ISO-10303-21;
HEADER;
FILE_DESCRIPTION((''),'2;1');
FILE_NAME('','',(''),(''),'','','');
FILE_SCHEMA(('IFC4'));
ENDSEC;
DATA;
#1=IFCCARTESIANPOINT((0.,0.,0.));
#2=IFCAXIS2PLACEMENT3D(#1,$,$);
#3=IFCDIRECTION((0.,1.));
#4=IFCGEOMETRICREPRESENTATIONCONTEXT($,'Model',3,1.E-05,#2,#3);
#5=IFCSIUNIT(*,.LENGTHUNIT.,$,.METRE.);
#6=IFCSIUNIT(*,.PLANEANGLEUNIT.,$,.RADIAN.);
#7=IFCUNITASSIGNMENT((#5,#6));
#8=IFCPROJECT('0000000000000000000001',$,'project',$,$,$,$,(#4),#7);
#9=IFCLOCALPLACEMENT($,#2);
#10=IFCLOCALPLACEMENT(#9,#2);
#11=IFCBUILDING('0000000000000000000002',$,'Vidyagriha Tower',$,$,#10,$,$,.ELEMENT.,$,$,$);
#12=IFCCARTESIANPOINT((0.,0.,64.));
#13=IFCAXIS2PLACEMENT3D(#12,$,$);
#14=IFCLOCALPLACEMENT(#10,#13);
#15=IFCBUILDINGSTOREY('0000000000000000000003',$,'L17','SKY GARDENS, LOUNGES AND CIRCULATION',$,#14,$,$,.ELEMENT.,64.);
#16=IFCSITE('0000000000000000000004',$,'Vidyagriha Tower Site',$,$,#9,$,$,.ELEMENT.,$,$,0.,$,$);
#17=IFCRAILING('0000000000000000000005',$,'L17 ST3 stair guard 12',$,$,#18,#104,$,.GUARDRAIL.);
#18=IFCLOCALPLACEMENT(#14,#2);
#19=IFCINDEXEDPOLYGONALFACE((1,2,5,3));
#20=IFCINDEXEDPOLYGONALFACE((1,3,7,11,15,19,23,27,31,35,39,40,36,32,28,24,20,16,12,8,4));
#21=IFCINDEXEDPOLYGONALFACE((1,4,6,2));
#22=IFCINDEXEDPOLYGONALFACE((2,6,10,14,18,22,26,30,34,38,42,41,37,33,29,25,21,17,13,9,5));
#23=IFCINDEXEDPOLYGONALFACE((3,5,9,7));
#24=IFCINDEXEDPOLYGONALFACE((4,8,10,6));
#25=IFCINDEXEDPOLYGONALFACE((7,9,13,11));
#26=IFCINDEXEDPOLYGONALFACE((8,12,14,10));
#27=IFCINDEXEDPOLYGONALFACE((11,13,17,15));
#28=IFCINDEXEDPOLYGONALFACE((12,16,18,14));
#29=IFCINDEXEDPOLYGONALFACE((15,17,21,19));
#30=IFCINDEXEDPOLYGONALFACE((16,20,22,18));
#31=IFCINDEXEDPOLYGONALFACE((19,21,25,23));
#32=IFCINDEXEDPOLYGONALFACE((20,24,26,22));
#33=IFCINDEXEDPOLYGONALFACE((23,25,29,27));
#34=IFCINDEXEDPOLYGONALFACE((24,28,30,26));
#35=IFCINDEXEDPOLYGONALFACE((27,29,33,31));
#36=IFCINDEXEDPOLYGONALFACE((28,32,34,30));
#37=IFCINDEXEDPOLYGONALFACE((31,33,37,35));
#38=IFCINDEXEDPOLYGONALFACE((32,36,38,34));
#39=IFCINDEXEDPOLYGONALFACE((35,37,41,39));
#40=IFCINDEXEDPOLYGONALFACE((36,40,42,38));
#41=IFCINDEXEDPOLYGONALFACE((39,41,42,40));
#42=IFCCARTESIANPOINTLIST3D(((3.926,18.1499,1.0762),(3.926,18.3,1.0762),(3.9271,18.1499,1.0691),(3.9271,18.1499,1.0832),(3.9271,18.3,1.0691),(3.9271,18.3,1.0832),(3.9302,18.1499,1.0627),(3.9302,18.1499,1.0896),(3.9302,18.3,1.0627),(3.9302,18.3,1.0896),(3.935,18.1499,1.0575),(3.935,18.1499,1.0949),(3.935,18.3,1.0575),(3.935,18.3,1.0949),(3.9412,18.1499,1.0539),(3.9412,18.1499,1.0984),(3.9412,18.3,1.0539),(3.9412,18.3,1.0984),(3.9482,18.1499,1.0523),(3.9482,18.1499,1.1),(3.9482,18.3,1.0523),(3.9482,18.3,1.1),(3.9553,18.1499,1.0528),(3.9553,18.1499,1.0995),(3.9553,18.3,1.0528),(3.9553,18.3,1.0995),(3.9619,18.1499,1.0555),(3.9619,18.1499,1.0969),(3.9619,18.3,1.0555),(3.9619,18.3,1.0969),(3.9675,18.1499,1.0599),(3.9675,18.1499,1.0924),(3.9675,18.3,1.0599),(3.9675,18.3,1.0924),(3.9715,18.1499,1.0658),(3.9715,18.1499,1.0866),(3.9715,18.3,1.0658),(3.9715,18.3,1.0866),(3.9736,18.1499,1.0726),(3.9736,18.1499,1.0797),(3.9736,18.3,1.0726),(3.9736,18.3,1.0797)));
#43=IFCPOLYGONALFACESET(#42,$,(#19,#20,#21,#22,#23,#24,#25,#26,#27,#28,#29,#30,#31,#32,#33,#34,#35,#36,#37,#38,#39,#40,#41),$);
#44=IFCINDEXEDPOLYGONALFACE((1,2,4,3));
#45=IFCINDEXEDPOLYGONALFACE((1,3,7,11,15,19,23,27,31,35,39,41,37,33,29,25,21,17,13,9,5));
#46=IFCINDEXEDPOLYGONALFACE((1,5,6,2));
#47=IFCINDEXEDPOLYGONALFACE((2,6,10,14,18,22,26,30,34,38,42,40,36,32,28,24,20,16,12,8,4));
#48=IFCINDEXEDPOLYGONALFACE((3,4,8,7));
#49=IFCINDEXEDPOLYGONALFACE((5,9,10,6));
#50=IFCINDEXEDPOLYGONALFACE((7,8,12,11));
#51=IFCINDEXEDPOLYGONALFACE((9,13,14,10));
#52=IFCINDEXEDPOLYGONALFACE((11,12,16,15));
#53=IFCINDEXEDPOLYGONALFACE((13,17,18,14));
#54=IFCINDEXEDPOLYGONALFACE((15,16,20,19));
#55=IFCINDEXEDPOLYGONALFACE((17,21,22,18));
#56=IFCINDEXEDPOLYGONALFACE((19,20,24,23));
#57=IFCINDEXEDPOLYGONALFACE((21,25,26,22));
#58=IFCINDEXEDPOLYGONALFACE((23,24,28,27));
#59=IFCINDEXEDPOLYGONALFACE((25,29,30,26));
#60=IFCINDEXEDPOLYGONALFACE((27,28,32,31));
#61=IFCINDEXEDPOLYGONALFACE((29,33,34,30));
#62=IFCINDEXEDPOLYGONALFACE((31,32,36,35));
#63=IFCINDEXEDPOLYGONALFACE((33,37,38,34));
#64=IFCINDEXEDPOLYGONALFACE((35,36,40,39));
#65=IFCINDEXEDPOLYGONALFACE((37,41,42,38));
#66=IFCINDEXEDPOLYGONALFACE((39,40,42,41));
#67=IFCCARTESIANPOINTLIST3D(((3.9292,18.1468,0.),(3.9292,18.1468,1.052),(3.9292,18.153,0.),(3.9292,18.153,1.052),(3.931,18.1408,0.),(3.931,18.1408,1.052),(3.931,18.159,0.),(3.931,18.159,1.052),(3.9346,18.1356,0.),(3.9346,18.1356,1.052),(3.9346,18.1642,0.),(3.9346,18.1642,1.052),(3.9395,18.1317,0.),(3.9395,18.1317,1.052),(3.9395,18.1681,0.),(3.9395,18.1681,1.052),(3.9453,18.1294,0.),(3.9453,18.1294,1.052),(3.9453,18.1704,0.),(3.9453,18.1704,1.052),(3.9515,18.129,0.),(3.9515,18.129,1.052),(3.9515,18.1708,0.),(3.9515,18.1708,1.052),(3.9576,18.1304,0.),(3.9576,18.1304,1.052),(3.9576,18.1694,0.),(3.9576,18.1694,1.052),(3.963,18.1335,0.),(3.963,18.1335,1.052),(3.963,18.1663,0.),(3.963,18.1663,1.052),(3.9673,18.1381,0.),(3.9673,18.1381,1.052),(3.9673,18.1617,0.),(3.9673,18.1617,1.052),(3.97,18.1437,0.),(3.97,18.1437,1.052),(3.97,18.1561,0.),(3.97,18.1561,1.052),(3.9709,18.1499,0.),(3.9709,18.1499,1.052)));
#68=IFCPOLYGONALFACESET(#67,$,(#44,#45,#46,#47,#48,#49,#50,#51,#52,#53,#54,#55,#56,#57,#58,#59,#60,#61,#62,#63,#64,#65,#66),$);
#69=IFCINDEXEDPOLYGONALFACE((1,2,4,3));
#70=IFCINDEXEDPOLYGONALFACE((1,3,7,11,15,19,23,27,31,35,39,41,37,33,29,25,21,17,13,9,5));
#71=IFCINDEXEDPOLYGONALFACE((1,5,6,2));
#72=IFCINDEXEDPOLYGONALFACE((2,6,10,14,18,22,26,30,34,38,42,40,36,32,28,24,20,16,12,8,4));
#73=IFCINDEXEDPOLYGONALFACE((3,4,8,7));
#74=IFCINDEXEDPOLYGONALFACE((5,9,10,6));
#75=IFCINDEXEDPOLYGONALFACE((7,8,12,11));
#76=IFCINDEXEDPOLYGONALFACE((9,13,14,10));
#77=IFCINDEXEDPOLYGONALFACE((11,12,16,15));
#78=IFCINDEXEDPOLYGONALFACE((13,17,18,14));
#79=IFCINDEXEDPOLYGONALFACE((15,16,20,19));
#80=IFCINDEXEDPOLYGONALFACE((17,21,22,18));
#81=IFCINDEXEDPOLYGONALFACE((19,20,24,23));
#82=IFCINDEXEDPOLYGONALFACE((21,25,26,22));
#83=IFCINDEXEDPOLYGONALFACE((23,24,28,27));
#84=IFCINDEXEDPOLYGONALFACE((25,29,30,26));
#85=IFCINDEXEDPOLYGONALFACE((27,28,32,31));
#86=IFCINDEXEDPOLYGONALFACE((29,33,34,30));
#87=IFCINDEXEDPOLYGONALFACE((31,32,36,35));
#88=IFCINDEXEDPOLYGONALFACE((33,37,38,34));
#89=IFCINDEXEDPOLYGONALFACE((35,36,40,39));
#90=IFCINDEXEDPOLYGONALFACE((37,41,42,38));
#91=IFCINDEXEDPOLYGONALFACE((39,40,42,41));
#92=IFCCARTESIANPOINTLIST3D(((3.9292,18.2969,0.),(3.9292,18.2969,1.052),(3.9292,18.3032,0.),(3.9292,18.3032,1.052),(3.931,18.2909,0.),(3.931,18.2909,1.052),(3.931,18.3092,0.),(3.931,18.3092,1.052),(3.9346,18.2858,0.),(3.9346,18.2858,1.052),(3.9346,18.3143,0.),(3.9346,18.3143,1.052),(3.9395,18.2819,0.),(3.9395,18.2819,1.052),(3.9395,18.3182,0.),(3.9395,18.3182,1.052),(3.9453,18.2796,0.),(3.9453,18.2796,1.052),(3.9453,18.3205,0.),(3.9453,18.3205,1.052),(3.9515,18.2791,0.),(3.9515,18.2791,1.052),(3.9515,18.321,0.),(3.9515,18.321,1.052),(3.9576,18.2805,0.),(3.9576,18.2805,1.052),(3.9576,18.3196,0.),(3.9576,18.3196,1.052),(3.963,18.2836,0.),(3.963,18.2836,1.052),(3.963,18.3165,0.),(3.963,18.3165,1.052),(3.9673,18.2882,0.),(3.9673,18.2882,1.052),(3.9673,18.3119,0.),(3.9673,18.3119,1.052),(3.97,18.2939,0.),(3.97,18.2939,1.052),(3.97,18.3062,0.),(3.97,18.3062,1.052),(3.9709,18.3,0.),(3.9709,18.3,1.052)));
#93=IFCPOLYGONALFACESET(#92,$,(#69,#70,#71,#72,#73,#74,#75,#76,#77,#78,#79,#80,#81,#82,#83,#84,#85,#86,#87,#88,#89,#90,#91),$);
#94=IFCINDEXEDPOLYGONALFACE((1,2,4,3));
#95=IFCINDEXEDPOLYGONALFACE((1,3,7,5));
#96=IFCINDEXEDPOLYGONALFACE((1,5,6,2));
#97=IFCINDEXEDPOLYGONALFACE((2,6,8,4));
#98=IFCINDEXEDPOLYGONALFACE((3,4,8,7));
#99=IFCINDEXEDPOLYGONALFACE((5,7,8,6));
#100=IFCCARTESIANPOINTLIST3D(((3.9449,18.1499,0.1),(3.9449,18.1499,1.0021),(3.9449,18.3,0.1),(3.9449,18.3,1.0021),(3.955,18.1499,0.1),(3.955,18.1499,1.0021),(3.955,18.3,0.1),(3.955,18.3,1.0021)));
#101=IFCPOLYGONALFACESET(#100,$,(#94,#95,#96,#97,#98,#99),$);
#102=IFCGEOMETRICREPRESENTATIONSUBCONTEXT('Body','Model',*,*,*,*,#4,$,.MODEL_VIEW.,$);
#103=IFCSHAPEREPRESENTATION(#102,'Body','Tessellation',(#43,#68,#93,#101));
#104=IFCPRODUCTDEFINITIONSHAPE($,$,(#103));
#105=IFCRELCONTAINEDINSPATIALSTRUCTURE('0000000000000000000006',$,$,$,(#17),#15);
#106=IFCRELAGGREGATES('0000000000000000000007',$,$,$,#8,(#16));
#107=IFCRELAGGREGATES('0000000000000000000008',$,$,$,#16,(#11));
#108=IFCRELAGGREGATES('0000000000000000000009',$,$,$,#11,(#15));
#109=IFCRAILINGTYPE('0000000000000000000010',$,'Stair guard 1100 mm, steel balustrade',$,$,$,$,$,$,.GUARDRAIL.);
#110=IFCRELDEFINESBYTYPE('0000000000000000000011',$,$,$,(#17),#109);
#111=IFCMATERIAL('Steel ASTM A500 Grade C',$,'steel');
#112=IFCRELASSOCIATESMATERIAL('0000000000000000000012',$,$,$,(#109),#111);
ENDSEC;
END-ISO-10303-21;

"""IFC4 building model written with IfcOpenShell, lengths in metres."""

from ifc_helpers import new_model, si_unit, direction, frame, origin, origin_2d, place, context, subcontext, project, spatial, rectangle, circle, extrude, material, type_object, element, save


model = new_model("IFC4")

# Units and contexts
model_context = context("Model", 3, precision=1e-05, world=origin(), true_north=direction((0.0, 1.0)))
body_context = subcontext(model_context, "Body", "Model", "MODEL_VIEW")
ifc_project = project(units=[si_unit("LENGTHUNIT", "METRE"), si_unit("PLANEANGLEUNIT", "RADIAN")], contexts=[model_context])

# Site, building, storey
site_placement = place(None, origin())
site = spatial("IfcSite", under=ifc_project, at=site_placement, Name="Vidyagriha Tower Site", CompositionType="ELEMENT", RefElevation=0.0)
building_placement = place(site_placement, origin())
building = spatial("IfcBuilding", under=site, at=building_placement, Name="Vidyagriha Tower", CompositionType="ELEMENT")
storey_placement = place(building_placement, frame((0.0, 0.0, 64.0)))
storey = spatial("IfcBuildingStorey", under=building, at=storey_placement, Name="L17", Description="SKY GARDENS, LOUNGES AND CIRCULATION", CompositionType="ELEMENT", Elevation=64.0)

# Railing
ifc_material_1 = material(Name="Steel ASTM A500 Grade C", Category="steel")
railing_type_1 = type_object("IfcRailingType", Name="Stair guard 1100 mm, steel balustrade", PredefinedType="GUARDRAIL", material=ifc_material_1)
for number, where, name in (
    (1, (3.95, 18.1499, 0.0), "L17 ST3 stair guard 12"),
):
    element("IfcRailing", number, at=place(storey_placement, frame(where)), inside=storey, type_object=railing_type_1, Name=name, PredefinedType="GUARDRAIL", context=body_context, shape_type="SweptSolid", body=[
        extrude(circle(Radius=0.0239, at=origin_2d()), frame((0.0, 0.0, 1.0762), z_axis=(0.0, 1.0, 0.0), x_axis=(-1.0, 0.0, 0.0)), (0.0, 0.0, 1.0), 0.1501),
        extrude(circle(Radius=0.021, at=origin_2d()), origin(), (0.0, 0.0, 1.0), 1.052),
        extrude(circle(Radius=0.021, at=origin_2d()), frame((0.0, 0.1501, 0.0)), (0.0, 0.0, 1.0), 1.052),
        extrude(rectangle(XDim=0.01, YDim=0.9021, at=origin_2d()), frame((0.0, 0.0, 0.551), z_axis=(0.0, 1.0, 0.0), x_axis=(-1.0, 0.0, 0.0)), (0.0, 0.0, 1.0), 0.1501),
    ])

save(model, "model.ifc")
